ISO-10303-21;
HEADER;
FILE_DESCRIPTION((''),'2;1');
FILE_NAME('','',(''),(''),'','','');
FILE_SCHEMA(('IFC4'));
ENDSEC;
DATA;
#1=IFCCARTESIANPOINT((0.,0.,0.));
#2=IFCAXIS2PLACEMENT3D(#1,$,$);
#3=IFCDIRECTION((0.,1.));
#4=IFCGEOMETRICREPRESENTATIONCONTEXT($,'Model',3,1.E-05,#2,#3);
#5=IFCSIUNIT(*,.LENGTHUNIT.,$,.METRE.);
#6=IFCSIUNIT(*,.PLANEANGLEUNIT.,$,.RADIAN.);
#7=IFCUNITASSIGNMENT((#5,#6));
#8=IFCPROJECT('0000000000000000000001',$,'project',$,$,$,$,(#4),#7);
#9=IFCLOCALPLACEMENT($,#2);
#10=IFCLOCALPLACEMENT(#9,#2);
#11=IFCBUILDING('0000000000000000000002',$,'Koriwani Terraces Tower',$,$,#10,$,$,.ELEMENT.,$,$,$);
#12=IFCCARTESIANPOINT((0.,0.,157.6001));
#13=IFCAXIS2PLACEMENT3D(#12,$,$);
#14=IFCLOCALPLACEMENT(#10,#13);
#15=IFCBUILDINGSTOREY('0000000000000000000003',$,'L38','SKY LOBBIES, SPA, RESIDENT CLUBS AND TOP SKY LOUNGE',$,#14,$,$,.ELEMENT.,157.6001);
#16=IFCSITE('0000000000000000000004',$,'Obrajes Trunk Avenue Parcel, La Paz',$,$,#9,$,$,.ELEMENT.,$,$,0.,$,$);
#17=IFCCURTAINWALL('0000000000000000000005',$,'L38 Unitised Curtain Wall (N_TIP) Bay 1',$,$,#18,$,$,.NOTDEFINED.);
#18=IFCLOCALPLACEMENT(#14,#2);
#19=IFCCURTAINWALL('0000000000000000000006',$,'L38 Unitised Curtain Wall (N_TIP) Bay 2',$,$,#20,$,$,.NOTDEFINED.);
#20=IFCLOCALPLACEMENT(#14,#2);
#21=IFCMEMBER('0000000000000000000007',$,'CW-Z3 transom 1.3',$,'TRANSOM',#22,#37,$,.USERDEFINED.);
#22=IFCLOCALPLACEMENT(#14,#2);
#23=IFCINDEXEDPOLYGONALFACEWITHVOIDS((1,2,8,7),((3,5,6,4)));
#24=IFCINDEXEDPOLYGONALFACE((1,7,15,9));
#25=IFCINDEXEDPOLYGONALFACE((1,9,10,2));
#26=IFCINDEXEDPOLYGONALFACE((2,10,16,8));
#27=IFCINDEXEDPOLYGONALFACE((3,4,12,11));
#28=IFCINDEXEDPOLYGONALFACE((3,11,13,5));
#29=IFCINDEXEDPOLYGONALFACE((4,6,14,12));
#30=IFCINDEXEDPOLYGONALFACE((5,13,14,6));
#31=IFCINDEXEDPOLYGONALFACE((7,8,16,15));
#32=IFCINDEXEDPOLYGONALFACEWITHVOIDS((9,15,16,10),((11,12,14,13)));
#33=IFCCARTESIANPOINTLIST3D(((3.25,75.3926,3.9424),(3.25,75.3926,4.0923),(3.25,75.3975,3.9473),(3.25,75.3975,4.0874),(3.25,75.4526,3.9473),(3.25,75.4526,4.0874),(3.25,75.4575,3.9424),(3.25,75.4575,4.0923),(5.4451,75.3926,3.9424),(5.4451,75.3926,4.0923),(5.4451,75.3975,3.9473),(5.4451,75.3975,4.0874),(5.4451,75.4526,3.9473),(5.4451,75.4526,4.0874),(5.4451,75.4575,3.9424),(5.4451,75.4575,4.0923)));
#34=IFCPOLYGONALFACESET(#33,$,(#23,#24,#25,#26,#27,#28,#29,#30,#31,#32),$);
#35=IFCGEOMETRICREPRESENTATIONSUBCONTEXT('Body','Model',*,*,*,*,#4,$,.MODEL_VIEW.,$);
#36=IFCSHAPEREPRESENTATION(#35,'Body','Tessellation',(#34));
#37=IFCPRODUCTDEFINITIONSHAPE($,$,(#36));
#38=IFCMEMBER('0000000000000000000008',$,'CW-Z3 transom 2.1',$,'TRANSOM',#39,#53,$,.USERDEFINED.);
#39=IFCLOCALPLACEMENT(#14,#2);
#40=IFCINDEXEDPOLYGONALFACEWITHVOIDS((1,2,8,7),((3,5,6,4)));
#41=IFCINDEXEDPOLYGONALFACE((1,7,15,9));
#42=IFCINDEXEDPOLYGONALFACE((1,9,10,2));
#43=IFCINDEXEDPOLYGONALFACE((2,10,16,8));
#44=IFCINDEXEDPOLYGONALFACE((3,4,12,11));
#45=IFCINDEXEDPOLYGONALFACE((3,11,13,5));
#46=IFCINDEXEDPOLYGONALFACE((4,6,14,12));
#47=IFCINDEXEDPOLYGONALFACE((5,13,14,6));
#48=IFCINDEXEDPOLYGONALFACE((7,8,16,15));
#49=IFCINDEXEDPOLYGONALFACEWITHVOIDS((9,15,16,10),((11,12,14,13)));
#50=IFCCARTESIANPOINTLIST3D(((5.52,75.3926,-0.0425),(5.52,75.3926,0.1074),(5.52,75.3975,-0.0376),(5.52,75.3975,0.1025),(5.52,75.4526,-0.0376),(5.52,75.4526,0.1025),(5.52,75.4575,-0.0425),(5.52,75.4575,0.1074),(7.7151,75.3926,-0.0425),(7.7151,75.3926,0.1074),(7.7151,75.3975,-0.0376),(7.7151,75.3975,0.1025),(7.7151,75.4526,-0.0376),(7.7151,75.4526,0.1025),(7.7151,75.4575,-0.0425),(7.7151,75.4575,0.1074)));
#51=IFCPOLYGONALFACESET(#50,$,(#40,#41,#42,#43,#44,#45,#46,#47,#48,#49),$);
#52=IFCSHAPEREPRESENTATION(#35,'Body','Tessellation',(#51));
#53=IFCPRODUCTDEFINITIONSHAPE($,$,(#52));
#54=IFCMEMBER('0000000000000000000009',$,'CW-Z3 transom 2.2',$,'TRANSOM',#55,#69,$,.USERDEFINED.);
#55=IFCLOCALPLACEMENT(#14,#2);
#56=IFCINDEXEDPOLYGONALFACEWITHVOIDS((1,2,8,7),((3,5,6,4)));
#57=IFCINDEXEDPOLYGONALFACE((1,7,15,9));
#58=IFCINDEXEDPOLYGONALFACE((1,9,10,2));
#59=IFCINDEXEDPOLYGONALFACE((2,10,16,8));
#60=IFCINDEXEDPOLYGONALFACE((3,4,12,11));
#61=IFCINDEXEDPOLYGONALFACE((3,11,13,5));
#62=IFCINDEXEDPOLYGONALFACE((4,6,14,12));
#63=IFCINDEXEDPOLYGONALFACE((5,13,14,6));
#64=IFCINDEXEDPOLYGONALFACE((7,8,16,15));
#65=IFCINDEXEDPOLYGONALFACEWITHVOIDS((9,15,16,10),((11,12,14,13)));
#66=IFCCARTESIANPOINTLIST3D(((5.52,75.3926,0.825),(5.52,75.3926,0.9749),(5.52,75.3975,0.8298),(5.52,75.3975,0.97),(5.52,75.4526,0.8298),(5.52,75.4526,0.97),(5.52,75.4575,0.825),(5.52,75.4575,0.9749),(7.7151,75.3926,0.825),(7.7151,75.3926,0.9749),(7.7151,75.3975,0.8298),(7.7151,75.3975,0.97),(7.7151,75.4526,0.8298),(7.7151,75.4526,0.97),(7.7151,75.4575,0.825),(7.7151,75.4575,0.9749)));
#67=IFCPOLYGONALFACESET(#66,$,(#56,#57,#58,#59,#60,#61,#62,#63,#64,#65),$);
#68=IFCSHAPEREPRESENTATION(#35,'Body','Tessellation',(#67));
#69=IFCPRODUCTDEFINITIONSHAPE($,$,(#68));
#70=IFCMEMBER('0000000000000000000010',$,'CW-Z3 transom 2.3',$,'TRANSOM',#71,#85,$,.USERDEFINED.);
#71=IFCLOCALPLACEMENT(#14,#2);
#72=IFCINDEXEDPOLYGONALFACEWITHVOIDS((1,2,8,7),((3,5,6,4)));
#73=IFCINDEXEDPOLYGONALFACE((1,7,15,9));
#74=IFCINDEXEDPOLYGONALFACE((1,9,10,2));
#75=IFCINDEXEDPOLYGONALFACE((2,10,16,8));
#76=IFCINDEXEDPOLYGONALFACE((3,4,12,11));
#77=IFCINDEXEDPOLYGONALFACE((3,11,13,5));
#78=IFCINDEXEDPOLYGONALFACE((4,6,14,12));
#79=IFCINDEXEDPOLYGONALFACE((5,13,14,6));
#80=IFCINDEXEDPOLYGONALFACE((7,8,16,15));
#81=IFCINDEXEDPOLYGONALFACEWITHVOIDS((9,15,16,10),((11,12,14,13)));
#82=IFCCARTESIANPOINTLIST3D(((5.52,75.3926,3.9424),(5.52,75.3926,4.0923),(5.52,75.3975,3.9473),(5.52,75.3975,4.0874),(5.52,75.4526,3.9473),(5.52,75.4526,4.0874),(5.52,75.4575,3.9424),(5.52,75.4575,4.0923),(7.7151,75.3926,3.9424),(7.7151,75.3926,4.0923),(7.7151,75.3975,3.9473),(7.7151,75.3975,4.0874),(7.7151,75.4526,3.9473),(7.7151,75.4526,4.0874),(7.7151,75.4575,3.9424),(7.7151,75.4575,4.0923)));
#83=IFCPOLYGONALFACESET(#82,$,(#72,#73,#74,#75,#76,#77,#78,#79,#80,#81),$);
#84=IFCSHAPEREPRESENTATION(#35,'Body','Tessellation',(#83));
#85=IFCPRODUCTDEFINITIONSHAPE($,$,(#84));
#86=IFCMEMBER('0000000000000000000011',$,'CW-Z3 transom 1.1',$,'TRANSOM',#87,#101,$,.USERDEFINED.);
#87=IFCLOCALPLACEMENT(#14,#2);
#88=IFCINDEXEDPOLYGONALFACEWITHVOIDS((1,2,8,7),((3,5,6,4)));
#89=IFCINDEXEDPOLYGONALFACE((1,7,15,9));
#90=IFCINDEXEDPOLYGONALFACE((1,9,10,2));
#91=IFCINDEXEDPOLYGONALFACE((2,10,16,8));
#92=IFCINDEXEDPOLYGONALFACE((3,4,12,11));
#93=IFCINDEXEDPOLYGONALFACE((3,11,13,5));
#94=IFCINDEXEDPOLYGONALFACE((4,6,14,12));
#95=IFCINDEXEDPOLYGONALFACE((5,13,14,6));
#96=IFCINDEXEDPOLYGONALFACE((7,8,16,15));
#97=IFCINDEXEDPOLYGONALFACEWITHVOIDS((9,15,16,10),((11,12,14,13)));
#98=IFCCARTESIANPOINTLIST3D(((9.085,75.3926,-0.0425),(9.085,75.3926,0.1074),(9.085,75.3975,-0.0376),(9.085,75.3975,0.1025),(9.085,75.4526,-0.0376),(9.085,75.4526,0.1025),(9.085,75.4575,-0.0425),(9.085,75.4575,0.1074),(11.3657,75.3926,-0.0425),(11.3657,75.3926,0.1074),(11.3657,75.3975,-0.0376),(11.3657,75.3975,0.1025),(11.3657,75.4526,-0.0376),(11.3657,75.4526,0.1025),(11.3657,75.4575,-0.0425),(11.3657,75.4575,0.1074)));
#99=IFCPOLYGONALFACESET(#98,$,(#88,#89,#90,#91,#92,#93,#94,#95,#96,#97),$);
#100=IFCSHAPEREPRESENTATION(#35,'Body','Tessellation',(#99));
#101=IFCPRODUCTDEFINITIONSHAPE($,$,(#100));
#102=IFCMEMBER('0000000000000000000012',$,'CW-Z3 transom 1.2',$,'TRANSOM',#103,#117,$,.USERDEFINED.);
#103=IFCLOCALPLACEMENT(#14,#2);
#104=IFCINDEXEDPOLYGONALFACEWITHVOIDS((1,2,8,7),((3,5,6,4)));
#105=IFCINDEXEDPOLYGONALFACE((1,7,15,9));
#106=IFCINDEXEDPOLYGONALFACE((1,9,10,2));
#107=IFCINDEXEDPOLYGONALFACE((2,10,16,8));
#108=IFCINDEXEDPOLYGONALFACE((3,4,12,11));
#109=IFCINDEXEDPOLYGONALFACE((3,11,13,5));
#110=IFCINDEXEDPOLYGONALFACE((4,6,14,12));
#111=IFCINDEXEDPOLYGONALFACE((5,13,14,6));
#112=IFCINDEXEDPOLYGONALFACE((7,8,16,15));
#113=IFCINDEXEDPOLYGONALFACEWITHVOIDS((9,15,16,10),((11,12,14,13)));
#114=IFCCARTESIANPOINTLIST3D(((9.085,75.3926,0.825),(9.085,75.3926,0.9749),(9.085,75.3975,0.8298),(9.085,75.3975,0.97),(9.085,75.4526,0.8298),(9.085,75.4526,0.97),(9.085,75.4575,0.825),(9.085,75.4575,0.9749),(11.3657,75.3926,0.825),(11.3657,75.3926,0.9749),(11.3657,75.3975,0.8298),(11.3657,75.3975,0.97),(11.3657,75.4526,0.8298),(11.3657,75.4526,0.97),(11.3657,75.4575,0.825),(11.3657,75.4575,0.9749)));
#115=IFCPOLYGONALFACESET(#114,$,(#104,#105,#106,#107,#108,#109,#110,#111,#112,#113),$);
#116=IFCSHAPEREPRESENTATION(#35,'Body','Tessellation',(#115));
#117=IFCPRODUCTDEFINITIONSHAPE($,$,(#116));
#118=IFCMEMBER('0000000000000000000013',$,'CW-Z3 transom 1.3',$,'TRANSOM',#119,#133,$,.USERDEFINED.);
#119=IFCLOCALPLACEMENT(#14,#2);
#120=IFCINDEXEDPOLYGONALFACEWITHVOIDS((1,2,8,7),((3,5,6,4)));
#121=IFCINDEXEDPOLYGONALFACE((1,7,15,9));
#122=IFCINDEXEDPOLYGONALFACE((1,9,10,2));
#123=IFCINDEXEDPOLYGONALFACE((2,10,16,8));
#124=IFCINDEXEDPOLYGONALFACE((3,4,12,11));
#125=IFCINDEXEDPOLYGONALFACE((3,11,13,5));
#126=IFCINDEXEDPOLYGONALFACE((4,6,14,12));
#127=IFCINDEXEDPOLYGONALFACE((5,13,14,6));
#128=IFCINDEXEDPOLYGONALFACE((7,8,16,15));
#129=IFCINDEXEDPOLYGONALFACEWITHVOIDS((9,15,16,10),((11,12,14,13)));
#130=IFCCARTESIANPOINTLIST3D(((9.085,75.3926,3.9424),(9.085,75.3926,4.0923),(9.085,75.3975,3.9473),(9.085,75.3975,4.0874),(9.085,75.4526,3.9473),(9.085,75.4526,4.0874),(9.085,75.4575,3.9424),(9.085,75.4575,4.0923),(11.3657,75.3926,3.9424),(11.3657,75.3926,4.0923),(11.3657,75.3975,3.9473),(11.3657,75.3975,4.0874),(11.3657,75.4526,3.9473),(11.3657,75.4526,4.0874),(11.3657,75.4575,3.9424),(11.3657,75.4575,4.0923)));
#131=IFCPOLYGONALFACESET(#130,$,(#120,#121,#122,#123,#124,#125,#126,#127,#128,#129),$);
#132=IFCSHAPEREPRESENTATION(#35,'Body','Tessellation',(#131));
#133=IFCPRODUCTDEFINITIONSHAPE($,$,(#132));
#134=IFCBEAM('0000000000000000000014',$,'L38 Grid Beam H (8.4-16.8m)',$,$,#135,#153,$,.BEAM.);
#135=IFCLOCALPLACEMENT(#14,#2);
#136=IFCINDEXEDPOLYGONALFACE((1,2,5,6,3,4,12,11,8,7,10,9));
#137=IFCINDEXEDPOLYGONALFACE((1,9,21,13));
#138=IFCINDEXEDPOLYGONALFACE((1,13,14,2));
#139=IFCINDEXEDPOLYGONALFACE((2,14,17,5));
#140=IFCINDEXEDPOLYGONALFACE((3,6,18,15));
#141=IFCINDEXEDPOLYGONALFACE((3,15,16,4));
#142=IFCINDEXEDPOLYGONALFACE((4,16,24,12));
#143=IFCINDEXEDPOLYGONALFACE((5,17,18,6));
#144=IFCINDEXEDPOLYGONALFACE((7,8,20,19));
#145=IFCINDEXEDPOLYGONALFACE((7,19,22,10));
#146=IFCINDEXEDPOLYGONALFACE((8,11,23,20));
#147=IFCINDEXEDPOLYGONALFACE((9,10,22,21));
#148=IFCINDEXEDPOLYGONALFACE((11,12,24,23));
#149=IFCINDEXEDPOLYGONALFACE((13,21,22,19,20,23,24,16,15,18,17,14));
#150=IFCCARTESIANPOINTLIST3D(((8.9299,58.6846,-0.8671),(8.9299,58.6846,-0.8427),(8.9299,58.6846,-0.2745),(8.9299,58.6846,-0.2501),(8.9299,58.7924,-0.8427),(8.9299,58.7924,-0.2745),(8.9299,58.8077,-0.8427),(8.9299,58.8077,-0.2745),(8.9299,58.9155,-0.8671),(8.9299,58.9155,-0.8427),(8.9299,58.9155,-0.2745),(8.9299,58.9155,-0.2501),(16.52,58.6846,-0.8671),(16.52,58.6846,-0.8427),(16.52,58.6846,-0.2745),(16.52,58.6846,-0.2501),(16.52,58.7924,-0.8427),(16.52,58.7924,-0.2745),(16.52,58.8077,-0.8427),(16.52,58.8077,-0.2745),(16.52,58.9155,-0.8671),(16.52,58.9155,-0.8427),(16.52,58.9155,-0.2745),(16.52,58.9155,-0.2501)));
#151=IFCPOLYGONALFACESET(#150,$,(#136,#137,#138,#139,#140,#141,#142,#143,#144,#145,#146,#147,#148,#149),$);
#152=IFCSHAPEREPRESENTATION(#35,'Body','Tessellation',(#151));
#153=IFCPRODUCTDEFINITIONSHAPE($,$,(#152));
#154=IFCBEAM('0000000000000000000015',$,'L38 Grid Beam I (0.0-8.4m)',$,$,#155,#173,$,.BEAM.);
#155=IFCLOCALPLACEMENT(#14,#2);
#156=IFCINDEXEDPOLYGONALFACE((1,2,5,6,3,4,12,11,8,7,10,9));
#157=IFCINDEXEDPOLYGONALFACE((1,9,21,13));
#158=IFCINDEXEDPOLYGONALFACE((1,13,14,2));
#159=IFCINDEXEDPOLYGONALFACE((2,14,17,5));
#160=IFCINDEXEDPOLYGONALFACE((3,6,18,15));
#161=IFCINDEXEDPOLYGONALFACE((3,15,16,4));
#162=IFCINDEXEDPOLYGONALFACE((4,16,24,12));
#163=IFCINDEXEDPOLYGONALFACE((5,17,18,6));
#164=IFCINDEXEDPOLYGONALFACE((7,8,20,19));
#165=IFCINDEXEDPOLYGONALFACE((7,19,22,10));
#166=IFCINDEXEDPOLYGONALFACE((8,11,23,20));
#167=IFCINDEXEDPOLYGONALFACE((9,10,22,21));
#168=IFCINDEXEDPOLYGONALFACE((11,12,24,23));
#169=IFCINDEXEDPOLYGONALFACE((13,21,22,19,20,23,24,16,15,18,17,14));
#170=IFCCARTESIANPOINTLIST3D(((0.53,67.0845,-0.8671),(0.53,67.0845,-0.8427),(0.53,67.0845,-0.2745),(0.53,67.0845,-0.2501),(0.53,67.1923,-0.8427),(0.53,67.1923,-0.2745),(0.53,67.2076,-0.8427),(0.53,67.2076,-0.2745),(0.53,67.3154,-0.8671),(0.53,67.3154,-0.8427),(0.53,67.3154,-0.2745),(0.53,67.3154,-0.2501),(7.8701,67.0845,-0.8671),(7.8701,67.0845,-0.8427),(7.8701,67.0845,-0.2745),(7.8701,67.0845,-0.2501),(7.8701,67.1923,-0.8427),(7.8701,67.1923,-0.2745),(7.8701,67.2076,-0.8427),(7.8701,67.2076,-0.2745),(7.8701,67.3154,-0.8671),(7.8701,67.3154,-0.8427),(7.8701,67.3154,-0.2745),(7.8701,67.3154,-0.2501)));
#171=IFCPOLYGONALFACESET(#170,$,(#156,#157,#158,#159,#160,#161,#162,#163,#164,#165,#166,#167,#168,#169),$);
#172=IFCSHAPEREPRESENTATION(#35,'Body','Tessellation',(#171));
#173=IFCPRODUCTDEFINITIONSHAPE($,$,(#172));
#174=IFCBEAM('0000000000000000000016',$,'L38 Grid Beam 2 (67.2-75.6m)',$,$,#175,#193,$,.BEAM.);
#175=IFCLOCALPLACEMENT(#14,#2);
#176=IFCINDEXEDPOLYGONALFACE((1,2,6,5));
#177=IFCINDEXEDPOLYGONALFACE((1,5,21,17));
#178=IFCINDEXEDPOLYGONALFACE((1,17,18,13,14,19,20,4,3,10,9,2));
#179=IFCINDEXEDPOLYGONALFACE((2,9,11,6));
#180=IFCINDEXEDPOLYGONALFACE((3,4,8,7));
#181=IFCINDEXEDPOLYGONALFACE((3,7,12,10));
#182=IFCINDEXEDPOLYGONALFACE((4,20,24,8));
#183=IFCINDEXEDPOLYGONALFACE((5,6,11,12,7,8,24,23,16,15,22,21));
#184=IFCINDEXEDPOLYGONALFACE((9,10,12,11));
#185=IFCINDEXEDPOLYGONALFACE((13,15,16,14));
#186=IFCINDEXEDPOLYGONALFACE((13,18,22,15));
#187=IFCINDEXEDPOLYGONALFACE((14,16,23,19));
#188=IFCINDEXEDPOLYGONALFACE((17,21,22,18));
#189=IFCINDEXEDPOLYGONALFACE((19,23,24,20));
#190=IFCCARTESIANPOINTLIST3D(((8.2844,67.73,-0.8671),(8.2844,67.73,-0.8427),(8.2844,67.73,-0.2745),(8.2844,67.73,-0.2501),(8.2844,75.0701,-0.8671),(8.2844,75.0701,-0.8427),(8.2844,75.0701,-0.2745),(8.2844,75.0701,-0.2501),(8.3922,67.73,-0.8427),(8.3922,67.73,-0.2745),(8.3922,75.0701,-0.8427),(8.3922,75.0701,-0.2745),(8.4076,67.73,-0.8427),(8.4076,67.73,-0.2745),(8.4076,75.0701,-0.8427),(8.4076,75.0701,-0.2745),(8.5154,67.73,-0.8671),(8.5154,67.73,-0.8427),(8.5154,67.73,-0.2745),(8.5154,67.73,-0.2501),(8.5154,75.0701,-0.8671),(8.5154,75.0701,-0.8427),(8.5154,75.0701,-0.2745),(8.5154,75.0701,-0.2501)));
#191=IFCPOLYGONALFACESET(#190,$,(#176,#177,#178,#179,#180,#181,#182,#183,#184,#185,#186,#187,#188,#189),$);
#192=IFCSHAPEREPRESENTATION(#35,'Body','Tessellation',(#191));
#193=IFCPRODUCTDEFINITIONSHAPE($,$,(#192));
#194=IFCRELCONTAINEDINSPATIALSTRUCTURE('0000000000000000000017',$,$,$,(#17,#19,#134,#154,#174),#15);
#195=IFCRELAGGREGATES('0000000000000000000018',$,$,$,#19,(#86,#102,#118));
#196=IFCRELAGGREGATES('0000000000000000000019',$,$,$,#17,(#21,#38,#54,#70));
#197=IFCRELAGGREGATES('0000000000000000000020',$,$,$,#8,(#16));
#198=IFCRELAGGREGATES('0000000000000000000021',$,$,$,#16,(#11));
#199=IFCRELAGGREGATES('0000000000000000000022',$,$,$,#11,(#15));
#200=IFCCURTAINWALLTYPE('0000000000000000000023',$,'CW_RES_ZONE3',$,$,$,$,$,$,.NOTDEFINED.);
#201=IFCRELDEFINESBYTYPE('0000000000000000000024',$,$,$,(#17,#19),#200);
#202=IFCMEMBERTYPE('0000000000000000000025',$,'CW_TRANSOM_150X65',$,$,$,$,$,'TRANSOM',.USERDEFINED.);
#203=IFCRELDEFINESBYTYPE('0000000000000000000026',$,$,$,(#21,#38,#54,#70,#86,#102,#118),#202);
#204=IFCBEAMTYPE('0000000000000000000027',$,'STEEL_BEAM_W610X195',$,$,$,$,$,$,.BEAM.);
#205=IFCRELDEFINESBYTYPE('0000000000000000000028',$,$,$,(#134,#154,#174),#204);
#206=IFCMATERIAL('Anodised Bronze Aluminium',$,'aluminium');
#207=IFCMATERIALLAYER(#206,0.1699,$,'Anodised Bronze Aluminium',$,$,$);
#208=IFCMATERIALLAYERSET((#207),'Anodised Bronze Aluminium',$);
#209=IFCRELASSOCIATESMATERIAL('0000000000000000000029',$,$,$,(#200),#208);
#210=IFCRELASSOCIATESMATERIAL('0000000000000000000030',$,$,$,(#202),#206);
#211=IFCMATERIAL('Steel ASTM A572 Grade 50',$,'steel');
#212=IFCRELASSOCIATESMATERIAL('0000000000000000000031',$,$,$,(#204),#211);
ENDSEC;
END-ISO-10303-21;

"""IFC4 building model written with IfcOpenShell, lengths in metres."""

from ifc_helpers import new_model, si_unit, direction, frame, origin, origin_2d, place, context, subcontext, project, spatial, hollow_rectangle, i_section, extrude, material, layer, layer_set, material_profile, profile_set, type_object, element, aggregate, save


model = new_model("IFC4")

# Units and contexts
model_context = context("Model", 3, precision=1e-05, world=origin(), true_north=direction((0.0, 1.0)))
body_context = subcontext(model_context, "Body", "Model", "MODEL_VIEW")
ifc_project = project(units=[si_unit("LENGTHUNIT", "METRE"), si_unit("PLANEANGLEUNIT", "RADIAN")], contexts=[model_context])

# Site, building, storey
site_placement = place(None, origin())
site = spatial("IfcSite", under=ifc_project, at=site_placement, Name="Obrajes Trunk Avenue Parcel, La Paz", CompositionType="ELEMENT", RefElevation=0.0)
building_placement = place(site_placement, origin())
building = spatial("IfcBuilding", under=site, at=building_placement, Name="Koriwani Terraces Tower", CompositionType="ELEMENT")
storey_placement = place(building_placement, frame((0.0, 0.0, 157.6001)))
storey = spatial("IfcBuildingStorey", under=building, at=storey_placement, Name="L38", Description="SKY LOBBIES, SPA, RESIDENT CLUBS AND TOP SKY LOUNGE", CompositionType="ELEMENT", Elevation=157.6001)

# Curtain wall
ifc_material_1 = material(Name="Anodised Bronze Aluminium", Category="aluminium")
ifc_layer_1 = layer(ifc_material_1, 0.1699, Name="Anodised Bronze Aluminium")
ifc_layer_set_1 = layer_set([ifc_layer_1], Name="Anodised Bronze Aluminium")
curtain_wall_type = type_object("IfcCurtainWallType", Name="CW_RES_ZONE3", PredefinedType="NOTDEFINED", material=ifc_layer_set_1)
curtain_wall_1_placement = place(storey_placement, origin())
curtain_wall_1 = element("IfcCurtainWall", 1, at=curtain_wall_1_placement, inside=storey, type_object=curtain_wall_type, Name="L38 Unitised Curtain Wall (N_TIP) Bay 1", PredefinedType="NOTDEFINED")

# Curtain wall
curtain_wall_2_placement = place(storey_placement, origin())
curtain_wall_2 = element("IfcCurtainWall", 2, at=curtain_wall_2_placement, inside=storey, type_object=curtain_wall_type, Name="L38 Unitised Curtain Wall (N_TIP) Bay 2", PredefinedType="NOTDEFINED")

# Members
ifc_material_profile_1 = material_profile(ifc_material_1, hollow_rectangle(XDim=0.0649, YDim=0.1499, WallThickness=0.0049, at=origin_2d()), Name="Anodised Bronze Aluminium", Category="LoadBearing")
ifc_profile_set_1 = profile_set([ifc_material_profile_1], Name="Anodised Bronze Aluminium")
member_type_1 = type_object("IfcMemberType", Name="CW_TRANSOM_150X65", ElementType="TRANSOM", PredefinedType="USERDEFINED", material=ifc_profile_set_1)
member_1_placement = place(storey_placement, frame((3.25, 75.425, 4.0173), z_axis=(1.0, 0.0, 0.0), x_axis=(0.0, 1.0, 0.0)))
member_1 = element("IfcMember", 3, at=member_1_placement, type_object=member_type_1, Name="CW-Z3 transom 1.3", ObjectType="TRANSOM", PredefinedType="USERDEFINED", context=body_context, shape_type="SweptSolid", body=[
    extrude(hollow_rectangle(XDim=0.0649, YDim=0.1499, WallThickness=0.0049, at=origin_2d()), origin(), (0.0, 0.0, 1.0), 2.1951),
])
member_2_placement = place(storey_placement, frame((5.52, 75.425, 0.0325), z_axis=(1.0, 0.0, 0.0), x_axis=(0.0, 1.0, 0.0)))
member_2 = element("IfcMember", 4, at=member_2_placement, type_object=member_type_1, Name="CW-Z3 transom 2.1", ObjectType="TRANSOM", PredefinedType="USERDEFINED", context=body_context, shape_type="SweptSolid", body=[
    extrude(hollow_rectangle(XDim=0.0649, YDim=0.1499, WallThickness=0.0049, at=origin_2d()), origin(), (0.0, 0.0, 1.0), 2.1951),
])
member_3_placement = place(storey_placement, frame((5.52, 75.425, 0.8999), z_axis=(1.0, 0.0, 0.0), x_axis=(0.0, 1.0, 0.0)))
member_3 = element("IfcMember", 5, at=member_3_placement, type_object=member_type_1, Name="CW-Z3 transom 2.2", ObjectType="TRANSOM", PredefinedType="USERDEFINED", context=body_context, shape_type="SweptSolid", body=[
    extrude(hollow_rectangle(XDim=0.0649, YDim=0.1499, WallThickness=0.0049, at=origin_2d()), origin(), (0.0, 0.0, 1.0), 2.1951),
])
member_4_placement = place(storey_placement, frame((5.52, 75.425, 4.0173), z_axis=(1.0, 0.0, 0.0), x_axis=(0.0, 1.0, 0.0)))
member_4 = element("IfcMember", 6, at=member_4_placement, type_object=member_type_1, Name="CW-Z3 transom 2.3", ObjectType="TRANSOM", PredefinedType="USERDEFINED", context=body_context, shape_type="SweptSolid", body=[
    extrude(hollow_rectangle(XDim=0.0649, YDim=0.1499, WallThickness=0.0049, at=origin_2d()), origin(), (0.0, 0.0, 1.0), 2.1951),
])
member_5_placement = place(storey_placement, frame((9.085, 75.425, 0.0325), z_axis=(1.0, 0.0, 0.0), x_axis=(0.0, 1.0, 0.0)))
member_5 = element("IfcMember", 7, at=member_5_placement, type_object=member_type_1, Name="CW-Z3 transom 1.1", ObjectType="TRANSOM", PredefinedType="USERDEFINED", context=body_context, shape_type="SweptSolid", body=[
    extrude(hollow_rectangle(XDim=0.0649, YDim=0.1499, WallThickness=0.0049, at=origin_2d()), origin(), (0.0, 0.0, 1.0), 2.2808),
])
member_6_placement = place(storey_placement, frame((9.085, 75.425, 0.8999), z_axis=(1.0, 0.0, 0.0), x_axis=(0.0, 1.0, 0.0)))
member_6 = element("IfcMember", 8, at=member_6_placement, type_object=member_type_1, Name="CW-Z3 transom 1.2", ObjectType="TRANSOM", PredefinedType="USERDEFINED", context=body_context, shape_type="SweptSolid", body=[
    extrude(hollow_rectangle(XDim=0.0649, YDim=0.1499, WallThickness=0.0049, at=origin_2d()), origin(), (0.0, 0.0, 1.0), 2.2808),
])
member_7_placement = place(storey_placement, frame((9.085, 75.425, 4.0173), z_axis=(1.0, 0.0, 0.0), x_axis=(0.0, 1.0, 0.0)))
member_7 = element("IfcMember", 9, at=member_7_placement, type_object=member_type_1, Name="CW-Z3 transom 1.3", ObjectType="TRANSOM", PredefinedType="USERDEFINED", context=body_context, shape_type="SweptSolid", body=[
    extrude(hollow_rectangle(XDim=0.0649, YDim=0.1499, WallThickness=0.0049, at=origin_2d()), origin(), (0.0, 0.0, 1.0), 2.2808),
])
aggregate(curtain_wall_2, [member_5, member_6, member_7])

# Beams
ifc_material_2 = material(Name="Steel ASTM A572 Grade 50", Category="steel")
ifc_material_profile_2 = material_profile(ifc_material_2, i_section(OverallWidth=0.231, OverallDepth=0.6169, WebThickness=0.0154, FlangeThickness=0.0244, at=origin_2d()), Name="Steel ASTM A572 Grade 50", Category="LoadBearing")
ifc_profile_set_2 = profile_set([ifc_material_profile_2], Name="Steel ASTM A572 Grade 50")
beam_type_1 = type_object("IfcBeamType", Name="STEEL_BEAM_W610X195", PredefinedType="BEAM", material=ifc_profile_set_2)
beam_1_placement = place(storey_placement, frame((8.9299, 58.8, -0.5586), z_axis=(1.0, 0.0, 0.0), x_axis=(0.0, 1.0, 0.0)))
element("IfcBeam", 10, at=beam_1_placement, inside=storey, type_object=beam_type_1, Name="L38 Grid Beam H (8.4-16.8m)", PredefinedType="BEAM", context=body_context, shape_type="SweptSolid", body=[
    extrude(i_section(OverallWidth=0.231, OverallDepth=0.6169, WebThickness=0.0154, FlangeThickness=0.0244, at=origin_2d()), origin(), (0.0, 0.0, 1.0), 7.5901),
])
for number, where, z_axis, x_axis, name in (
    (11, (0.53, 67.2, -0.5586), (1.0, 0.0, 0.0), (0.0, 1.0, 0.0), "L38 Grid Beam I (0.0-8.4m)"),
    (12, (8.3999, 67.73, -0.5586), (0.0, 1.0, 0.0), (-1.0, 0.0, 0.0), "L38 Grid Beam 2 (67.2-75.6m)"),
):
    element("IfcBeam", number, at=place(storey_placement, frame(where, z_axis=z_axis, x_axis=x_axis)), inside=storey, type_object=beam_type_1, Name=name, PredefinedType="BEAM", context=body_context, shape_type="SweptSolid", body=[
        extrude(i_section(OverallWidth=0.231, OverallDepth=0.6169, WebThickness=0.0154, FlangeThickness=0.0244, at=origin_2d()), origin(), (0.0, 0.0, 1.0), 7.3401),
    ])

aggregate(curtain_wall_1, [member_1, member_2, member_3, member_4])

save(model, "model.ifc")
